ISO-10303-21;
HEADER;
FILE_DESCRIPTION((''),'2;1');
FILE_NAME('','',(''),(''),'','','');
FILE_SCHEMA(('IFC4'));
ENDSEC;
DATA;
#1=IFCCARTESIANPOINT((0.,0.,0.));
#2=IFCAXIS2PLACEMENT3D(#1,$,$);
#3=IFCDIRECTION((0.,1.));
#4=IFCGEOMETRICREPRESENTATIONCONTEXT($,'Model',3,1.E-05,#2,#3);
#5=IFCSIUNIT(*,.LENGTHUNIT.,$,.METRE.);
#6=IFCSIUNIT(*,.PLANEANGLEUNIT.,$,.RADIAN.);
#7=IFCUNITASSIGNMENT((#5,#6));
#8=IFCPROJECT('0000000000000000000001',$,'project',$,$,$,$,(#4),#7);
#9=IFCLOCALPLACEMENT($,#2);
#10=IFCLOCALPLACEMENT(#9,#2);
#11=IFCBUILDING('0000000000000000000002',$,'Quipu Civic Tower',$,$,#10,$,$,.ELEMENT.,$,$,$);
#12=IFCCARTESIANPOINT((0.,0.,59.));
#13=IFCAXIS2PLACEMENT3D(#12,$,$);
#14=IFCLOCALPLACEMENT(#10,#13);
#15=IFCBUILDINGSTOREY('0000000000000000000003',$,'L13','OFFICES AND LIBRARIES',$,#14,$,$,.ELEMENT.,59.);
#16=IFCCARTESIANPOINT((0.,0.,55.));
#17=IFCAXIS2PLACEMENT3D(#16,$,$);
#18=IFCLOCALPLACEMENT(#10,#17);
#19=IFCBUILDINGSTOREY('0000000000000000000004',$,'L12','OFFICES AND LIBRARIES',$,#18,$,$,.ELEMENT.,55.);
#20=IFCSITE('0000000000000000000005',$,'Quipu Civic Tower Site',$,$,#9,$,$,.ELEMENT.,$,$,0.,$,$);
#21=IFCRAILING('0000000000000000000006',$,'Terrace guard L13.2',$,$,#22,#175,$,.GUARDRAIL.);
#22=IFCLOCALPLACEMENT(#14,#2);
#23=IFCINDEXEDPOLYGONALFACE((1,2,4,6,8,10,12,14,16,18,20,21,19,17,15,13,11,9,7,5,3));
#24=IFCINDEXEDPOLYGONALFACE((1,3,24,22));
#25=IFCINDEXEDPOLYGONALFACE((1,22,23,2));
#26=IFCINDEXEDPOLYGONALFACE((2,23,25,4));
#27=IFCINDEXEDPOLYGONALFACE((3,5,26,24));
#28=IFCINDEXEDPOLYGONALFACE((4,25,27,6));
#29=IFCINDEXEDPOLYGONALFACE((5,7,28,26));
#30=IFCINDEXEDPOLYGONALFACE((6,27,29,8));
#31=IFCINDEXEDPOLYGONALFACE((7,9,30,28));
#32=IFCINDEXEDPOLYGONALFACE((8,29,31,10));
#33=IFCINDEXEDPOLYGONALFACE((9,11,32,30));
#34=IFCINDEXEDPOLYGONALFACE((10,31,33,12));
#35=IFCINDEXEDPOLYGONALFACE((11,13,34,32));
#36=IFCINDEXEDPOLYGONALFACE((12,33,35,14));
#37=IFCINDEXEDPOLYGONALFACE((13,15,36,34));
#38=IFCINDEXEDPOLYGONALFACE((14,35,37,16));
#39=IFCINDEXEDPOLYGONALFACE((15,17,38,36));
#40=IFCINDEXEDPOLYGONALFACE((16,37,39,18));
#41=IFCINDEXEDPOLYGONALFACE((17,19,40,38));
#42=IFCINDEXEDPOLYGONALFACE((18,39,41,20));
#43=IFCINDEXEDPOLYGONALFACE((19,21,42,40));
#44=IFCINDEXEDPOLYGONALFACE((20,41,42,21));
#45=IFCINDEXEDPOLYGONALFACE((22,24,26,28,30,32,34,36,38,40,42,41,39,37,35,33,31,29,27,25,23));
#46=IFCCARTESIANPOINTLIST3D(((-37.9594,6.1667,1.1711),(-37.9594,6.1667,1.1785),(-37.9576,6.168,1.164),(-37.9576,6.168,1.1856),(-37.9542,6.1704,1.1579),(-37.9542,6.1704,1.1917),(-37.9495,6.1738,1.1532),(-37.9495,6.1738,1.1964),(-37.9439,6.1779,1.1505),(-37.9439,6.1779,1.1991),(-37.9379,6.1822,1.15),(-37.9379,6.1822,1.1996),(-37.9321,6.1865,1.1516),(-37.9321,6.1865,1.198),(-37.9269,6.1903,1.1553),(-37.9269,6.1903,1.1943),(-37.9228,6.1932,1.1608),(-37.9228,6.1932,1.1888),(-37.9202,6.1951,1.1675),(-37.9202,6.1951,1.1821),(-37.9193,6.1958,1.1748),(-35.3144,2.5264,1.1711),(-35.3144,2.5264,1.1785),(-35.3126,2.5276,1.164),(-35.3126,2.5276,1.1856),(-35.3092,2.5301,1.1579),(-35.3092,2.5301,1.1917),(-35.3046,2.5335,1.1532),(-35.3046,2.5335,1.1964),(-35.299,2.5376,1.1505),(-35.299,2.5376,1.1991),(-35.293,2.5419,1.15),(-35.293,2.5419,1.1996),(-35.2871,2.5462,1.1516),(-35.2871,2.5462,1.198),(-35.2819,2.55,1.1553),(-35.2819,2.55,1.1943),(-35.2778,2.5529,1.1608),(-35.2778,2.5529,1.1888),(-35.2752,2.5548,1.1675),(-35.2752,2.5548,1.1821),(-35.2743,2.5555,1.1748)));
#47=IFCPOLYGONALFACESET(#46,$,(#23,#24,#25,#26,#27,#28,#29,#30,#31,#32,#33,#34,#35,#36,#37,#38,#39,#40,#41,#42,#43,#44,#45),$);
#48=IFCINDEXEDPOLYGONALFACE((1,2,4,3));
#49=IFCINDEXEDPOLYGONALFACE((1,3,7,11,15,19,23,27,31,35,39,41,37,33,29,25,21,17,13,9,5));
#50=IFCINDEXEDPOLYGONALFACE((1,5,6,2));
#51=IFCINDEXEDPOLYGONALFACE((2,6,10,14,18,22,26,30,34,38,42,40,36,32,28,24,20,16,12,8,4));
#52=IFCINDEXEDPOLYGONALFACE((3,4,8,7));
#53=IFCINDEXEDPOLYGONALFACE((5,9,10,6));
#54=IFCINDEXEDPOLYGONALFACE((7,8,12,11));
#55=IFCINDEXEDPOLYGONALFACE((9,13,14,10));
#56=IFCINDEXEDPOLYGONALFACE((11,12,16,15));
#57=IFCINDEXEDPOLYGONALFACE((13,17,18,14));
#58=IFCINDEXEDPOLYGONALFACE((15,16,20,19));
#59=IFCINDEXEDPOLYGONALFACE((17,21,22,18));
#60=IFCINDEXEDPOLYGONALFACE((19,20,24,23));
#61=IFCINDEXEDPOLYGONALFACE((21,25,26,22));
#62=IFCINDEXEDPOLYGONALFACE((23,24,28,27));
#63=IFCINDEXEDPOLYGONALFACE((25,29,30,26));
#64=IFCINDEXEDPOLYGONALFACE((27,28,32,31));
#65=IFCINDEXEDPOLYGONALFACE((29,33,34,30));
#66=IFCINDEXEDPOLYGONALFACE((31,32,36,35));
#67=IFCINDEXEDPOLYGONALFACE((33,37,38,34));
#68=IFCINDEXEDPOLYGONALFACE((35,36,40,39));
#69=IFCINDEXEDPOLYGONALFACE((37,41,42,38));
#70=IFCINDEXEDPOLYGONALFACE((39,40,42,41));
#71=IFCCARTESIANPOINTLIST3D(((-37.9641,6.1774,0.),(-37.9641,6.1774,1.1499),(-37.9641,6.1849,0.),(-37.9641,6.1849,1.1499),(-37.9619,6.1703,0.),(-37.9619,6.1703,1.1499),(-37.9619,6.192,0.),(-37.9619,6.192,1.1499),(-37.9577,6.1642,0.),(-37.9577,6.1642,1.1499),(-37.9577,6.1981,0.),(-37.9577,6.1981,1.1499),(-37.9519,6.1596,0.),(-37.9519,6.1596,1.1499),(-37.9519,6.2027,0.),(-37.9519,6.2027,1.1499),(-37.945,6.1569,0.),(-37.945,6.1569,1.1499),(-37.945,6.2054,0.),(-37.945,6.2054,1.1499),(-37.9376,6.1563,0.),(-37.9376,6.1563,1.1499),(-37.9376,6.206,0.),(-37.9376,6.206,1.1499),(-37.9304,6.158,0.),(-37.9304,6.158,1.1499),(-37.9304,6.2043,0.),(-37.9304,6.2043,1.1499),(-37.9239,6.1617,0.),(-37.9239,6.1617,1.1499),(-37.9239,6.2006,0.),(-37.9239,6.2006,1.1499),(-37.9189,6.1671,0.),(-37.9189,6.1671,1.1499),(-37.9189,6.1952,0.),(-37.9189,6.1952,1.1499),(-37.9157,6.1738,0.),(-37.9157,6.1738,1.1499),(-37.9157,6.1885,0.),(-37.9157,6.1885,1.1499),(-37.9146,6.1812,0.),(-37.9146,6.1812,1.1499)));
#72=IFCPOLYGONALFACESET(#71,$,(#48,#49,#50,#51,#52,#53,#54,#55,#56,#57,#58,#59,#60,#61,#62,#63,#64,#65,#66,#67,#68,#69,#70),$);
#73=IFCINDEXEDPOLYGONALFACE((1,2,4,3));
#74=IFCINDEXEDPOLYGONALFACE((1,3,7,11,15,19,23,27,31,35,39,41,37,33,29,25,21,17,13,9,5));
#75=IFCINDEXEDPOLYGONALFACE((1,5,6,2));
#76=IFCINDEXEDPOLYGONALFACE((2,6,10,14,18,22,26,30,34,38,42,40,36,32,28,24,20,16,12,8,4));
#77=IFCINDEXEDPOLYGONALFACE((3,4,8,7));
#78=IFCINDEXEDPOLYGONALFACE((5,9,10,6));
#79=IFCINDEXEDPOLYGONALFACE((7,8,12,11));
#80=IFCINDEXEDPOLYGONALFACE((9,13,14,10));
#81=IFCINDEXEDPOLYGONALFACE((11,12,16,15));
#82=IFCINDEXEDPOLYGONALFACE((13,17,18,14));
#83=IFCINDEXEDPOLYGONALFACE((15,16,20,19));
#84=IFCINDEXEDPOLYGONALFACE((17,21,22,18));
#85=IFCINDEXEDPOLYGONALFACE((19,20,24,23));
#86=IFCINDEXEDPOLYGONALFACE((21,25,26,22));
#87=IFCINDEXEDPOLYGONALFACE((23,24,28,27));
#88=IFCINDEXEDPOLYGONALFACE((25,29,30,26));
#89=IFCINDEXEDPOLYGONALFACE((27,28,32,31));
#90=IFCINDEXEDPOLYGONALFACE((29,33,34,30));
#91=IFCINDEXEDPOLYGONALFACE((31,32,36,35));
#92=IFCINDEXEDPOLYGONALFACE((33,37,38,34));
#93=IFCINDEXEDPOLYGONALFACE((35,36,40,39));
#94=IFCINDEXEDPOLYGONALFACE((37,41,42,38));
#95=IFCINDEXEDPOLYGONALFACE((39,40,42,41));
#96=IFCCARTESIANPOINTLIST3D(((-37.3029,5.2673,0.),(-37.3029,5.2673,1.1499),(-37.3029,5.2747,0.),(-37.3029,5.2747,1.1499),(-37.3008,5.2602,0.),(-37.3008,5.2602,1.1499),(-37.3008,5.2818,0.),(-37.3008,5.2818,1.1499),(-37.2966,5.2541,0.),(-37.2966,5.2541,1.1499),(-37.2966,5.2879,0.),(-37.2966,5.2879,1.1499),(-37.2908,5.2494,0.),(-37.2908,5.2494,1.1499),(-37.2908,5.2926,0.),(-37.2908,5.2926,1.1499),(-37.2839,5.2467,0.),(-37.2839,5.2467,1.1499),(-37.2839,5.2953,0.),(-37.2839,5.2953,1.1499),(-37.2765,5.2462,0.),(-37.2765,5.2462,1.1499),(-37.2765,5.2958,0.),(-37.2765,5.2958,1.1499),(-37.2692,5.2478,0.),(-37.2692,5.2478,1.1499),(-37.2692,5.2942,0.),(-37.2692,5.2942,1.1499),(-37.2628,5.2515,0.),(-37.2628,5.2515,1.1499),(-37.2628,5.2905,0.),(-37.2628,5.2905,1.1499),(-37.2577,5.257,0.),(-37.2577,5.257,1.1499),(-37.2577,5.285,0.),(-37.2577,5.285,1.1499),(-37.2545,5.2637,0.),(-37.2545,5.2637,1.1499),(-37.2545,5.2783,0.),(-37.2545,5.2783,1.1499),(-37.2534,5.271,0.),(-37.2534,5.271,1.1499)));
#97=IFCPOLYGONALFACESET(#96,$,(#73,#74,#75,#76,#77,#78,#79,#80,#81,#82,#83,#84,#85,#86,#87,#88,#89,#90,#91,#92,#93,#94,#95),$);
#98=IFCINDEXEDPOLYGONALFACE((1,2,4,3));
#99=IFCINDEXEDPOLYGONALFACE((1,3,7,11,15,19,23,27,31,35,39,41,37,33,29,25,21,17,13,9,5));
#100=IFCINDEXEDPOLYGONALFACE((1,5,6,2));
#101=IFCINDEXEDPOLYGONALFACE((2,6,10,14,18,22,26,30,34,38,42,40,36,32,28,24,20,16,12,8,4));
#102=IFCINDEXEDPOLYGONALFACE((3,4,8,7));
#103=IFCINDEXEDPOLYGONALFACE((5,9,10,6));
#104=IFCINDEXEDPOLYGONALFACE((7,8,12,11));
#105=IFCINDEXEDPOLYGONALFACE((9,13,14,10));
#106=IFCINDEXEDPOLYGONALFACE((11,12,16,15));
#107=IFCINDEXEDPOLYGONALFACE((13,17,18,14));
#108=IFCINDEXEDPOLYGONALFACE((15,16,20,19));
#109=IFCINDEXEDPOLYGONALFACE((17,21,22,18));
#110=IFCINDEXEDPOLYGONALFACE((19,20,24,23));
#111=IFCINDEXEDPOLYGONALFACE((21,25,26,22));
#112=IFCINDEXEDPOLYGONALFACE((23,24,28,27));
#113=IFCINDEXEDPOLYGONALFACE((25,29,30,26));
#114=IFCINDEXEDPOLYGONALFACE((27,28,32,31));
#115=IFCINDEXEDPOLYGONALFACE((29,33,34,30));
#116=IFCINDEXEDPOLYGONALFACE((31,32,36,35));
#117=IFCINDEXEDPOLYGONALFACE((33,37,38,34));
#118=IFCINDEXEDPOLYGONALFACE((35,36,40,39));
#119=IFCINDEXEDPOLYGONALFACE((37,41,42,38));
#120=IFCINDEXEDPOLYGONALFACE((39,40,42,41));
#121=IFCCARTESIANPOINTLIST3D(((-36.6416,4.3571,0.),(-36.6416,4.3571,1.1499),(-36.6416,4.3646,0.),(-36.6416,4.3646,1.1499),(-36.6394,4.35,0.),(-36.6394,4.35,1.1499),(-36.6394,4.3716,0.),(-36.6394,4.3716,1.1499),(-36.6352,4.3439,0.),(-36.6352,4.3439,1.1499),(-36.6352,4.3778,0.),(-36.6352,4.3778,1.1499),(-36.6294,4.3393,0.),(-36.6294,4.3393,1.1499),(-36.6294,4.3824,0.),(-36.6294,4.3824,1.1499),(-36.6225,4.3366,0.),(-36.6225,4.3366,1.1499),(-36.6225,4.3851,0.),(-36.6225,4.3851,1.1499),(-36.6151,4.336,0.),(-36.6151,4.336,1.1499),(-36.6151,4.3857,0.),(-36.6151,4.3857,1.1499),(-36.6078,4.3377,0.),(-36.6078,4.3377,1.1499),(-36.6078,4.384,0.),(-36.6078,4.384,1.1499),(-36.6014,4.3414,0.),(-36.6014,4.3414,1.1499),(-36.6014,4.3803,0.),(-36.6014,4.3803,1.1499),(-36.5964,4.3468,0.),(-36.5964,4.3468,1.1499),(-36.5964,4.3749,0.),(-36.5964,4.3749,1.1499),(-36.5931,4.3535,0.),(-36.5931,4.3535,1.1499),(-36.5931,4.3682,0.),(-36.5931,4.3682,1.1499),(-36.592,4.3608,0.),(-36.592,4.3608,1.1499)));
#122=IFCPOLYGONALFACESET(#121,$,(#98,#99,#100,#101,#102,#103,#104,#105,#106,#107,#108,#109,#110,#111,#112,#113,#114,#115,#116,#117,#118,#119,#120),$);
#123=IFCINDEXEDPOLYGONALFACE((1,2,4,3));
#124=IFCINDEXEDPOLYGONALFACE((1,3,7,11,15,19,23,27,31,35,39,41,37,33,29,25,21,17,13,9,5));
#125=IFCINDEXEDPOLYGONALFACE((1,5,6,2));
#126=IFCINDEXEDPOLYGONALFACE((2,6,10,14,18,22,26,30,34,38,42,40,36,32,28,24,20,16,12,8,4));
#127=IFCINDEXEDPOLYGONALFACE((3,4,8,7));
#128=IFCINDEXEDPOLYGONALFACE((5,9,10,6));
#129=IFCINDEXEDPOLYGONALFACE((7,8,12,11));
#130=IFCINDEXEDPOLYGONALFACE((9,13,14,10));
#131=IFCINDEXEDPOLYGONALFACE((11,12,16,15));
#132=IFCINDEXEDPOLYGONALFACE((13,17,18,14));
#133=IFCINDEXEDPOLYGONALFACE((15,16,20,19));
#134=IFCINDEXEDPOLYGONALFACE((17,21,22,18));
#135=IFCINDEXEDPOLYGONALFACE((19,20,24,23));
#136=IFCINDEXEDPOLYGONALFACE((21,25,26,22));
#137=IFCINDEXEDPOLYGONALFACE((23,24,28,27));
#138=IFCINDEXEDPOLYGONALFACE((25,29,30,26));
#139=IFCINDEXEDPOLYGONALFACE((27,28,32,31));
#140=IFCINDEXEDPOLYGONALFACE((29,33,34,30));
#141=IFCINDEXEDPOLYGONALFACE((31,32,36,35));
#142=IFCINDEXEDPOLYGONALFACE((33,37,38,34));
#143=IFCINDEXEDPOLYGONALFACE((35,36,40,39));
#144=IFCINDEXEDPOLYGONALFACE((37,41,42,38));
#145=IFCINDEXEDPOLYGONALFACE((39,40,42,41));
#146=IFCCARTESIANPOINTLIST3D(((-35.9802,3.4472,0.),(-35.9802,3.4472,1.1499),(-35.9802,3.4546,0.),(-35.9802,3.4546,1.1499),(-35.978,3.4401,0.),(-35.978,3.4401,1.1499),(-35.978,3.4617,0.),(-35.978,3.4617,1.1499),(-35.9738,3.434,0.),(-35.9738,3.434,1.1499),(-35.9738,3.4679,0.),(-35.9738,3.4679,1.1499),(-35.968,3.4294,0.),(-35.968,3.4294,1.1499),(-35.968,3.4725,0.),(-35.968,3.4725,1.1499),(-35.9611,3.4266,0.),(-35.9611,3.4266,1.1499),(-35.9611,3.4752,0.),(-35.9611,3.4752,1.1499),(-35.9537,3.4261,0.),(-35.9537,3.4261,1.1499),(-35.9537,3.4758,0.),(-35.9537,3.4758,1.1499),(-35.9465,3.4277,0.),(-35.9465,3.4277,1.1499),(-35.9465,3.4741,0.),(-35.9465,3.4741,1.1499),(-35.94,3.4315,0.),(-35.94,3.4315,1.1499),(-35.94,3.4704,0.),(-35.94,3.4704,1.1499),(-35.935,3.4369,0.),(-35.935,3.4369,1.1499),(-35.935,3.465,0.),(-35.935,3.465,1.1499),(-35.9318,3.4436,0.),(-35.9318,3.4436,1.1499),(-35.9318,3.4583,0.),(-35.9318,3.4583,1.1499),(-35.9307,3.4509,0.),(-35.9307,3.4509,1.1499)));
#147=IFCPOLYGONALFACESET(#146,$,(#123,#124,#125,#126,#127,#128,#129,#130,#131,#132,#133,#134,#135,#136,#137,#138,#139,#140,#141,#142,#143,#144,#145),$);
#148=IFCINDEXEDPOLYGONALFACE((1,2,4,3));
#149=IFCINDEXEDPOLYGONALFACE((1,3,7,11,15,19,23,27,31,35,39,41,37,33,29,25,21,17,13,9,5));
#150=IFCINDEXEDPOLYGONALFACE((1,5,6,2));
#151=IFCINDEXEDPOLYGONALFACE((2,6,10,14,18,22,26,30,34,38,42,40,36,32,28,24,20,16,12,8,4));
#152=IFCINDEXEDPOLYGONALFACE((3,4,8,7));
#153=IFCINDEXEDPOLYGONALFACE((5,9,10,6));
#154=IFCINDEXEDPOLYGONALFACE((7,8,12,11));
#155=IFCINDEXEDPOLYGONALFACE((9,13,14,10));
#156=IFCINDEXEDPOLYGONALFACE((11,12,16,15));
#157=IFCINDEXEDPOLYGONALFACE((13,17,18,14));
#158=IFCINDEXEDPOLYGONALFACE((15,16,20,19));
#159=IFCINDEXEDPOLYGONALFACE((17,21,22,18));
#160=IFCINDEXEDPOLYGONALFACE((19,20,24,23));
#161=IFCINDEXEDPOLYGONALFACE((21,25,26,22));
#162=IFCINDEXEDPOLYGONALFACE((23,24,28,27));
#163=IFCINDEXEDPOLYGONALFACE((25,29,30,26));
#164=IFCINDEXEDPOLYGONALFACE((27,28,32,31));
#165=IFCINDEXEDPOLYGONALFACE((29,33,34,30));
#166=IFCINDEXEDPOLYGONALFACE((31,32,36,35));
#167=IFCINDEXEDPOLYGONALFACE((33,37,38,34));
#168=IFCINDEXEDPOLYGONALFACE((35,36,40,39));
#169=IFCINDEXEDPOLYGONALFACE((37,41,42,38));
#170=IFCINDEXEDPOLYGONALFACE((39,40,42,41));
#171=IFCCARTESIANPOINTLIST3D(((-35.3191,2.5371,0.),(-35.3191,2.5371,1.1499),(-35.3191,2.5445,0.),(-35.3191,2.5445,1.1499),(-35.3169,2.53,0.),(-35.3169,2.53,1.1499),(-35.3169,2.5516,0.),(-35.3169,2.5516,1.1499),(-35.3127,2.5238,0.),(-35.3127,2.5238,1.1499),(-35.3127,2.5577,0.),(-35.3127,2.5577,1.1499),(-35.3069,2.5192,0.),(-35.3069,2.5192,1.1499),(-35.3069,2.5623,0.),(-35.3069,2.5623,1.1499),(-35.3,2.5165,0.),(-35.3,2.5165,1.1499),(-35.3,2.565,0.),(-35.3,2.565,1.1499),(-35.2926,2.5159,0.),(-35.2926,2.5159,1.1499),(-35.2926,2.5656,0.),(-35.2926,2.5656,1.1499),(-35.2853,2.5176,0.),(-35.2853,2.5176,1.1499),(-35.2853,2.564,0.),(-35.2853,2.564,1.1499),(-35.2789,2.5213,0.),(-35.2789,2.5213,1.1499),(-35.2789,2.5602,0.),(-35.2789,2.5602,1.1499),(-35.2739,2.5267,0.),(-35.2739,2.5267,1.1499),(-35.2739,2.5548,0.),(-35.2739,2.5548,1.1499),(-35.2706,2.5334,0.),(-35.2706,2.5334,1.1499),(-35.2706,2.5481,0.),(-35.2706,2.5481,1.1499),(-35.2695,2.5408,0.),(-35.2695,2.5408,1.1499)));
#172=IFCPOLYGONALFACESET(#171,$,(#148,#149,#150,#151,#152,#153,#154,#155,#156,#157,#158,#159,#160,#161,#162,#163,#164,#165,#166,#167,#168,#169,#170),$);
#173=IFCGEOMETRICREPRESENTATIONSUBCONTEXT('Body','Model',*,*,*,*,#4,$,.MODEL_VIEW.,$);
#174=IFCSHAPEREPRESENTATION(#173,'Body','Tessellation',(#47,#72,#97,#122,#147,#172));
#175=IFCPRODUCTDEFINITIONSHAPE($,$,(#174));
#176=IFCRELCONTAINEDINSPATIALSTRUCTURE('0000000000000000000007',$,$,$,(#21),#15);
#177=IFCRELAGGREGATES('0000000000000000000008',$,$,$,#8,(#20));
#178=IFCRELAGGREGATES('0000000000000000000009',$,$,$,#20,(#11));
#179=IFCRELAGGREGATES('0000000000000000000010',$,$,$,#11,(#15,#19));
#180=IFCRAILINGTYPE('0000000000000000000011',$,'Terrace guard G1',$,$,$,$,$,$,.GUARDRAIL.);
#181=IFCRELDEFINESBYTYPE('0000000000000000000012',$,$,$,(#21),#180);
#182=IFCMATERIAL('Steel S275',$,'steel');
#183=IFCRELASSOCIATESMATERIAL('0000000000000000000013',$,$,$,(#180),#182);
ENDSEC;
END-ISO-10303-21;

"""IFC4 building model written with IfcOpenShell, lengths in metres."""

from ifc_helpers import new_model, si_unit, direction, frame, origin, origin_2d, place, context, subcontext, project, spatial, circle, extrude, material, type_object, element, save


model = new_model("IFC4")

# Units and contexts
model_context = context("Model", 3, precision=1e-05, world=origin(), true_north=direction((0.0, 1.0)))
body_context = subcontext(model_context, "Body", "Model", "MODEL_VIEW")
ifc_project = project(units=[si_unit("LENGTHUNIT", "METRE"), si_unit("PLANEANGLEUNIT", "RADIAN")], contexts=[model_context])

# Site, building, storey
site_placement = place(None, origin())
site = spatial("IfcSite", under=ifc_project, at=site_placement, Name="Quipu Civic Tower Site", CompositionType="ELEMENT", RefElevation=0.0)
building_placement = place(site_placement, origin())
building = spatial("IfcBuilding", under=site, at=building_placement, Name="Quipu Civic Tower", CompositionType="ELEMENT")
storey_1_placement = place(building_placement, frame((0.0, 0.0, 59.0)))
storey_1 = spatial("IfcBuildingStorey", under=building, at=storey_1_placement, Name="L13", Description="OFFICES AND LIBRARIES", CompositionType="ELEMENT", Elevation=59.0)

# Shared definitions
storey_2_placement = place(building_placement, frame((0.0, 0.0, 55.0)))
storey_2 = spatial("IfcBuildingStorey", under=building, at=storey_2_placement, Name="L12", Description="OFFICES AND LIBRARIES", CompositionType="ELEMENT", Elevation=55.0)

# Railing
ifc_material_1 = material(Name="Steel S275", Category="steel")
railing_type = type_object("IfcRailingType", Name="Terrace guard G1", PredefinedType="GUARDRAIL", material=ifc_material_1)
railing_1_placement = place(storey_1_placement, frame((-37.9395, 6.1812, 0.0)))
element("IfcRailing", 1, at=railing_1_placement, inside=storey_1, type_object=railing_type, Name="Terrace guard L13.2", PredefinedType="GUARDRAIL", context=body_context, shape_type="SweptSolid", body=[
    extrude(circle(Radius=0.0249, at=origin_2d()), frame((0.0, 0.0, 1.1748), z_axis=(0.587804, -0.809003, 0.0), x_axis=(0.809003, 0.587804, 0.0)), (0.0, 0.0, 1.0), 4.4998),
    extrude(circle(Radius=0.0249, at=origin_2d()), origin(), (0.0, 0.0, 1.0), 1.1499),
    extrude(circle(Radius=0.0249, at=origin_2d()), frame((0.6611, -0.9102, 0.0)), (0.0, 0.0, 1.0), 1.1499),
    extrude(circle(Radius=0.0249, at=origin_2d()), frame((1.3225, -1.8203, 0.0)), (0.0, 0.0, 1.0), 1.1499),
    extrude(circle(Radius=0.0249, at=origin_2d()), frame((1.9839, -2.7302, 0.0)), (0.0, 0.0, 1.0), 1.1499),
    extrude(circle(Radius=0.0249, at=origin_2d()), frame((2.645, -3.6404, 0.0)), (0.0, 0.0, 1.0), 1.1499),
])

save(model, "model.ifc")
